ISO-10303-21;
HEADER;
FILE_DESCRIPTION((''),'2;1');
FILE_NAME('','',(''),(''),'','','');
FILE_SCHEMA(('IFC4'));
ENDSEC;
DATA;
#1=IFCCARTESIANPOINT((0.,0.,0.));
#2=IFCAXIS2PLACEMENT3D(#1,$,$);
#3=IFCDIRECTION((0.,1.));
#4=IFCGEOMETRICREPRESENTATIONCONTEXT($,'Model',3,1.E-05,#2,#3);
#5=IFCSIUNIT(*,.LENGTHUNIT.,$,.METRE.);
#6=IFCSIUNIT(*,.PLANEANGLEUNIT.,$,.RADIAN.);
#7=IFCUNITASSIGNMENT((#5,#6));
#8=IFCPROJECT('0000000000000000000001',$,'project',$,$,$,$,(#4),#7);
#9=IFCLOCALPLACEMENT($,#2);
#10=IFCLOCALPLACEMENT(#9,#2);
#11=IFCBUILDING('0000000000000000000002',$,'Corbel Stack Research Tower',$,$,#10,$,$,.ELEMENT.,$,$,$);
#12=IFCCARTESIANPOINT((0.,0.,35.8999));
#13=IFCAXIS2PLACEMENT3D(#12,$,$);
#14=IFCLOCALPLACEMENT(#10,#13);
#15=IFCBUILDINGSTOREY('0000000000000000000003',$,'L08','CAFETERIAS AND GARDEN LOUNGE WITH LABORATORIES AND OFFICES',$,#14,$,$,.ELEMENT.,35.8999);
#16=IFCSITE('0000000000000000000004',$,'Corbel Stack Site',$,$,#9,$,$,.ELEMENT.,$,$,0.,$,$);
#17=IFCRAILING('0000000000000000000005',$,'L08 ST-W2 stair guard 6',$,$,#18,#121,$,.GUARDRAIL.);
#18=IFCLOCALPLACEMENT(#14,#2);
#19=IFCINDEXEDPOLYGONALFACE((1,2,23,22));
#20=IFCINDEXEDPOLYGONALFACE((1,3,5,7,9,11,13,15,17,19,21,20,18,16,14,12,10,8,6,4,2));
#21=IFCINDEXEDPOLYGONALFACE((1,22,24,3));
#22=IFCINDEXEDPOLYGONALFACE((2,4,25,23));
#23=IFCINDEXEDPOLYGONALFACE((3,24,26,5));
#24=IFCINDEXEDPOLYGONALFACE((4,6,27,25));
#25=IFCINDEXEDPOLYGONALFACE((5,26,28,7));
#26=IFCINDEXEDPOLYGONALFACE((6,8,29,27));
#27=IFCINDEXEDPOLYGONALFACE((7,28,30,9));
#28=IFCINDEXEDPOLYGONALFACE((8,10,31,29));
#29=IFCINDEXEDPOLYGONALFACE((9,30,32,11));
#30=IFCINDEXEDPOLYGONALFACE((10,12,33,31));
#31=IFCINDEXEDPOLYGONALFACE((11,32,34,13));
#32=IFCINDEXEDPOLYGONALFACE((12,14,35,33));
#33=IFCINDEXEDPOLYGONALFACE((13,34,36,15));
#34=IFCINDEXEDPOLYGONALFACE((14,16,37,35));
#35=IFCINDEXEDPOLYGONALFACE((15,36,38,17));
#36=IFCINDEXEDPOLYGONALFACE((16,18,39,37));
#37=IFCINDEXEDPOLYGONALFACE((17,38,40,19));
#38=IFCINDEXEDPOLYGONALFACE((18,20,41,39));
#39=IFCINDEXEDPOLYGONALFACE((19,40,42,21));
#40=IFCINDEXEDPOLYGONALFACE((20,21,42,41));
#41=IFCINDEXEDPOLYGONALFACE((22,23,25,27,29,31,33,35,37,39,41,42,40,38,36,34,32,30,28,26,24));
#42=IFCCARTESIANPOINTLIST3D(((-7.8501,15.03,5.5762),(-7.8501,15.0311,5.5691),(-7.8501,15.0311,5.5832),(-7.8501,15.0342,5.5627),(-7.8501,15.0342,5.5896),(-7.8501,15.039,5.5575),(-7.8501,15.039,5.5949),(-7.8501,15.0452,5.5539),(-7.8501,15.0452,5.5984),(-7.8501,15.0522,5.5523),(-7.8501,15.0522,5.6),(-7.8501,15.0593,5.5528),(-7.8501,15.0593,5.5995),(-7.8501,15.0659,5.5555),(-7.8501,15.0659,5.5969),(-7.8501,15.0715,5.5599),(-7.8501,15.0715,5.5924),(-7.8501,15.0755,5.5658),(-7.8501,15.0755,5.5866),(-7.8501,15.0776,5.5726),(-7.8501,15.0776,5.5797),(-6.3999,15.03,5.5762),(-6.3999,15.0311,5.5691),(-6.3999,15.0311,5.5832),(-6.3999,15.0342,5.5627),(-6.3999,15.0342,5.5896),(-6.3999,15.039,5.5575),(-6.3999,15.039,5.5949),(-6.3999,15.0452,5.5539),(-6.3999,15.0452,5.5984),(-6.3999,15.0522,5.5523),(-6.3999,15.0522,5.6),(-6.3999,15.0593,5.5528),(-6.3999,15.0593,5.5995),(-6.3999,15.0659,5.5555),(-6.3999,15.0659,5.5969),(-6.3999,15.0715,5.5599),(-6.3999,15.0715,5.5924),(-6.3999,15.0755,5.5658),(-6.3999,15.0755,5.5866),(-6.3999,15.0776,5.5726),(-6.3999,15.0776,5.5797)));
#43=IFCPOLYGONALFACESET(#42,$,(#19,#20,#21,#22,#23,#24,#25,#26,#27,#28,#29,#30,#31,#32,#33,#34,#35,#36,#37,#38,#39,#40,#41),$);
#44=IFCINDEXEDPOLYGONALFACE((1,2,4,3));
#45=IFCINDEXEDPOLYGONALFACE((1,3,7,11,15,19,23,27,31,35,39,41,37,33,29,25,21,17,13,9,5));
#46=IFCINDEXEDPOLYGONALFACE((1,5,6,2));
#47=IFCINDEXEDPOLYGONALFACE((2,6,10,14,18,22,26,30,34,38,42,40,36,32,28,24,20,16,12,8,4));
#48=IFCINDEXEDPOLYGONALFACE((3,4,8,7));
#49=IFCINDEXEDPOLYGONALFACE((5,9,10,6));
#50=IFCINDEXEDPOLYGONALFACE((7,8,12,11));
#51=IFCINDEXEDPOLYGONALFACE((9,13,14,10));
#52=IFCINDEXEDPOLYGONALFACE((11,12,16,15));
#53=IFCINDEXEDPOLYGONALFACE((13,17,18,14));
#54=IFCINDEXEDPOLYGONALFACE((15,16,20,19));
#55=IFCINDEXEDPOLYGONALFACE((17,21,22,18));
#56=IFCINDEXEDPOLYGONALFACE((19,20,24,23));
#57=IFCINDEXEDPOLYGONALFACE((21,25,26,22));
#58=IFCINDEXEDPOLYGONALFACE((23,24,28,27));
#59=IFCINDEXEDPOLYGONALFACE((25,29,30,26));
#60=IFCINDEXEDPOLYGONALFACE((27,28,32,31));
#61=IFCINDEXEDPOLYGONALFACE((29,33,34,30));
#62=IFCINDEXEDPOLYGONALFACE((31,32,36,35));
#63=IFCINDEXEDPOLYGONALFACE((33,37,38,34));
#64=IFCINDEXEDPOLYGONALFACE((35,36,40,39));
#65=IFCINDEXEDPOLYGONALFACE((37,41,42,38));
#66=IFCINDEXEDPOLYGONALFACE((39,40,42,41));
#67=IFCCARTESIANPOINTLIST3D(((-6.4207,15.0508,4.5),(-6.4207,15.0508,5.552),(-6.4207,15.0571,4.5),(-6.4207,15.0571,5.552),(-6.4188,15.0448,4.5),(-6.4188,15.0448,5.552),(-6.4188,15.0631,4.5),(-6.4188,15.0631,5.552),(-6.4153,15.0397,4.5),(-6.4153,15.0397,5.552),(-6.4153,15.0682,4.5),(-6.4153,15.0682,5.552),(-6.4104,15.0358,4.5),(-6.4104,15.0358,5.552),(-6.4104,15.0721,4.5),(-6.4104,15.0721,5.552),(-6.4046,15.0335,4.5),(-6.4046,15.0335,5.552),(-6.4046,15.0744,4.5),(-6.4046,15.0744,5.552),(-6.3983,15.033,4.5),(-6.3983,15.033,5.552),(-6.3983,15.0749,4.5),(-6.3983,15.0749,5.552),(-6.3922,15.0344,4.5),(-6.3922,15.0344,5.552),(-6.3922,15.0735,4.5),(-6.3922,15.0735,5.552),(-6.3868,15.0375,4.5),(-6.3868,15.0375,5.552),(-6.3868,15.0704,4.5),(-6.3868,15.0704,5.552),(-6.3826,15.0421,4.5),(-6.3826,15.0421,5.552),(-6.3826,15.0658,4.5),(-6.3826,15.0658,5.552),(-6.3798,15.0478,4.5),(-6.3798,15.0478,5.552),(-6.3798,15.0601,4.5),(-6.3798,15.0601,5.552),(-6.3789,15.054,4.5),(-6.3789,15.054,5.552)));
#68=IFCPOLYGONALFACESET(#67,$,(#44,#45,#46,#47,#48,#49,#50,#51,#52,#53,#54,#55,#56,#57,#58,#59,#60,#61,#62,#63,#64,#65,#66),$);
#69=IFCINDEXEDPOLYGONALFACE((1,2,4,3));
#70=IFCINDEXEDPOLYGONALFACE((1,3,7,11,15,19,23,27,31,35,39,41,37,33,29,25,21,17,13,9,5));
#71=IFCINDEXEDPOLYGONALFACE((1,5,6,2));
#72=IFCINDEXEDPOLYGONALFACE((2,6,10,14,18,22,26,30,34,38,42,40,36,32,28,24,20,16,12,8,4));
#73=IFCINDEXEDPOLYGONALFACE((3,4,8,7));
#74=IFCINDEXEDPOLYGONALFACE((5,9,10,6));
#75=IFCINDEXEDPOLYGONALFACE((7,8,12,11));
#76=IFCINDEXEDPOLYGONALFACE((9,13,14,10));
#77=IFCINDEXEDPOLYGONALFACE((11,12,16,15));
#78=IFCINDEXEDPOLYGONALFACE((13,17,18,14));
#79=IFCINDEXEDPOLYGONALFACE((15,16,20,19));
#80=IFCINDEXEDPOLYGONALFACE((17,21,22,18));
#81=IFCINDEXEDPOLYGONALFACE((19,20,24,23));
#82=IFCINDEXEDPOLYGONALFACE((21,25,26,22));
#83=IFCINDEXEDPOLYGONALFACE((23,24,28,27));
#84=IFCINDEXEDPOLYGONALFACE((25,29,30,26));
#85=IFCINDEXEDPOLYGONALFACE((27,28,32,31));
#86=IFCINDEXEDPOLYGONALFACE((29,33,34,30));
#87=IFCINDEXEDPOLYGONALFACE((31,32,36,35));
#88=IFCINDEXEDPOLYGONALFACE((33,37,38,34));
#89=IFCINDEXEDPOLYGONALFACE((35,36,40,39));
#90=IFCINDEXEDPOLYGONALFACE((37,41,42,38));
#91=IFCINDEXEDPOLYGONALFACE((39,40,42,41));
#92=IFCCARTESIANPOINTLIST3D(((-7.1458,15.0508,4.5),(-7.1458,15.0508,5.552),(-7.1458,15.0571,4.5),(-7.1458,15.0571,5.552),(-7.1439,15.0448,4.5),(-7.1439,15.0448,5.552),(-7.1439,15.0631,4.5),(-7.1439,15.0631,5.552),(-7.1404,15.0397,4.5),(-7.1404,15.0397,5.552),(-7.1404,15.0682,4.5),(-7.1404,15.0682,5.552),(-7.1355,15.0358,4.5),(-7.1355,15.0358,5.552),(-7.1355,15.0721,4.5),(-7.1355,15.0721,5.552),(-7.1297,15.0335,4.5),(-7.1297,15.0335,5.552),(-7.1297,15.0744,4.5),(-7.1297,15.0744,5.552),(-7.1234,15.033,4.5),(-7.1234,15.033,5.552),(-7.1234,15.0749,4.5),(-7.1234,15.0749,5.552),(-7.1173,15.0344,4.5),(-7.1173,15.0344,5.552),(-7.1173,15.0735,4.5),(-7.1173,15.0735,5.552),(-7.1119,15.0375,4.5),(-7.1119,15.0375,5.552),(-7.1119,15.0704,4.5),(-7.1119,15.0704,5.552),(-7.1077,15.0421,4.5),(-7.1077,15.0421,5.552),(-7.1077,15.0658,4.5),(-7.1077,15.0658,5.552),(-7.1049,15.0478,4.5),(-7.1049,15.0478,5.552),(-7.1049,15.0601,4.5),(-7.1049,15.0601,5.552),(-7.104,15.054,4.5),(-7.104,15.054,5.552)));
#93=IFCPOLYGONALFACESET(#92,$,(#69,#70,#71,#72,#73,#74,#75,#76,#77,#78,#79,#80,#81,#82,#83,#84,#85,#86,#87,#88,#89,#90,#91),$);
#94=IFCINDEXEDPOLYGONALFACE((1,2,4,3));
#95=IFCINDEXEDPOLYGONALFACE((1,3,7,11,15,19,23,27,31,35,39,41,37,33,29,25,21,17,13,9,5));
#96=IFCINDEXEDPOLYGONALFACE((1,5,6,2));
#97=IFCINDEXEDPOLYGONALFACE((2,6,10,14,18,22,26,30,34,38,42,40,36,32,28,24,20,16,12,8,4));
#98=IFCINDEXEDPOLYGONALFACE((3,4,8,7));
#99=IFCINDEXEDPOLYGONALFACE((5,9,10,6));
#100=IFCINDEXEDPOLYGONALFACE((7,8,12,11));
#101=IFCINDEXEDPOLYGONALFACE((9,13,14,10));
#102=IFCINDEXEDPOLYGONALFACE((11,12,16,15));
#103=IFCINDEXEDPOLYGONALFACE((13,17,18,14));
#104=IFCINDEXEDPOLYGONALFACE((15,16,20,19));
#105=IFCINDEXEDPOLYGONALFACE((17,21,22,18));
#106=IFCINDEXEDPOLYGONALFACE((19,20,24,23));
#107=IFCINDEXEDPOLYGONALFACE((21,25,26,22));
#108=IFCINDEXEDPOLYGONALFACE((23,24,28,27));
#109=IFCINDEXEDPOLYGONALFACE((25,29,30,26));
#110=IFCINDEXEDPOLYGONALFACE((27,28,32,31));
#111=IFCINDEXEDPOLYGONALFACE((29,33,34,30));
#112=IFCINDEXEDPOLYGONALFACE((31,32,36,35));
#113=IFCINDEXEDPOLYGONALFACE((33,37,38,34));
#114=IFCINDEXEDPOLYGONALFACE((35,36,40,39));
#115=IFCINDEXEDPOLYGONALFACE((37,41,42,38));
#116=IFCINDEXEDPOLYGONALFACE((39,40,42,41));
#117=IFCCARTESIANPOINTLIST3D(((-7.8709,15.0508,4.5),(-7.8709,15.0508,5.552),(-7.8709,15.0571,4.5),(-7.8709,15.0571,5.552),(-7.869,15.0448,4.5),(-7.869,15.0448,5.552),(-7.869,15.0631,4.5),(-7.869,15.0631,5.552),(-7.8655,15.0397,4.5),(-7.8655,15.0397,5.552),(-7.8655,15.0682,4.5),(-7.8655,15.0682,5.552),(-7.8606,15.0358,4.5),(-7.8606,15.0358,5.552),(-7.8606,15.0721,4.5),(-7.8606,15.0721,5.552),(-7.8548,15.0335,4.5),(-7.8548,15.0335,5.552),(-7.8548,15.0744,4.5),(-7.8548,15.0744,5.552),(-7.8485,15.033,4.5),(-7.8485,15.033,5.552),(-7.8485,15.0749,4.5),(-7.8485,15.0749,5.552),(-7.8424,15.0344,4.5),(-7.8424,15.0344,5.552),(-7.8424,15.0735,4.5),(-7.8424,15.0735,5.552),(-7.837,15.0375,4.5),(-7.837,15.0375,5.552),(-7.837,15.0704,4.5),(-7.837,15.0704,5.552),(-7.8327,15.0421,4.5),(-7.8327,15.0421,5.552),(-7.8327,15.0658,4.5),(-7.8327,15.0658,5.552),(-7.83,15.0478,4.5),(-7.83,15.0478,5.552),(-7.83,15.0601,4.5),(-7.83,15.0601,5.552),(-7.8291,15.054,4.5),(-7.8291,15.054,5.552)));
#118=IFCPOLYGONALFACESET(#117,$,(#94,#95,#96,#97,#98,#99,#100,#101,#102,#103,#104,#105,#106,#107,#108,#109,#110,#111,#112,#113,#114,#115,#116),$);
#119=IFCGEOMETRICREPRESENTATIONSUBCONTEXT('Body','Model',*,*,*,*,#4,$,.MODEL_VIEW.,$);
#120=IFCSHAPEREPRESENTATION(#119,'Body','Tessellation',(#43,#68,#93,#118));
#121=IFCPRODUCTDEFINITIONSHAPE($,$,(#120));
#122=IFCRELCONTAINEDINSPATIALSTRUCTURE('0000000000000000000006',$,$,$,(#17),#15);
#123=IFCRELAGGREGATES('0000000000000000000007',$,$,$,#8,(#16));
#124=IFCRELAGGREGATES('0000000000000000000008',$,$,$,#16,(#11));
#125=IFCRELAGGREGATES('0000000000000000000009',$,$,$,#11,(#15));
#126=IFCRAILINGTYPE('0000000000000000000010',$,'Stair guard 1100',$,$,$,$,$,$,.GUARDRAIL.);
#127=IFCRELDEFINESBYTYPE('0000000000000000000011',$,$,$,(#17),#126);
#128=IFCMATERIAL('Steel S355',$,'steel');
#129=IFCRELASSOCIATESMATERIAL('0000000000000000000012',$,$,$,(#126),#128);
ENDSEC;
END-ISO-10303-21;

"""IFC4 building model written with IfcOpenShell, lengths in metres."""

from ifc_helpers import new_model, si_unit, direction, frame, origin, origin_2d, place, context, subcontext, project, spatial, circle, extrude, material, type_object, element, save


model = new_model("IFC4")

# Units and contexts
model_context = context("Model", 3, precision=1e-05, world=origin(), true_north=direction((0.0, 1.0)))
body_context = subcontext(model_context, "Body", "Model", "MODEL_VIEW")
ifc_project = project(units=[si_unit("LENGTHUNIT", "METRE"), si_unit("PLANEANGLEUNIT", "RADIAN")], contexts=[model_context])

# Site, building, storey
site_placement = place(None, origin())
site = spatial("IfcSite", under=ifc_project, at=site_placement, Name="Corbel Stack Site", CompositionType="ELEMENT", RefElevation=0.0)
building_placement = place(site_placement, origin())
building = spatial("IfcBuilding", under=site, at=building_placement, Name="Corbel Stack Research Tower", CompositionType="ELEMENT")
storey_placement = place(building_placement, frame((0.0, 0.0, 35.8999)))
storey = spatial("IfcBuildingStorey", under=building, at=storey_placement, Name="L08", Description="CAFETERIAS AND GARDEN LOUNGE WITH LABORATORIES AND OFFICES", CompositionType="ELEMENT", Elevation=35.8999)

# Railing
ifc_material_1 = material(Name="Steel S355", Category="steel")
railing_type = type_object("IfcRailingType", Name="Stair guard 1100", PredefinedType="GUARDRAIL", material=ifc_material_1)
railing_1_placement = place(storey_placement, frame((-6.3999, 15.054, 4.5)))
element("IfcRailing", 1, at=railing_1_placement, inside=storey, type_object=railing_type, Name="L08 ST-W2 stair guard 6", PredefinedType="GUARDRAIL", context=body_context, shape_type="SweptSolid", body=[
    extrude(circle(Radius=0.0239, at=origin_2d()), frame((0.0, 0.0, 1.0762), z_axis=(-1.0, 0.0, 0.0), x_axis=(0.0, -1.0, 0.0)), (0.0, 0.0, 1.0), 1.4502),
    extrude(circle(Radius=0.021, at=origin_2d()), origin(), (0.0, 0.0, 1.0), 1.052),
    extrude(circle(Radius=0.021, at=origin_2d()), frame((-0.7251, 0.0, 0.0)), (0.0, 0.0, 1.0), 1.052),
    extrude(circle(Radius=0.021, at=origin_2d()), frame((-1.4502, 0.0, 0.0)), (0.0, 0.0, 1.0), 1.052),
])

save(model, "model.ifc")
